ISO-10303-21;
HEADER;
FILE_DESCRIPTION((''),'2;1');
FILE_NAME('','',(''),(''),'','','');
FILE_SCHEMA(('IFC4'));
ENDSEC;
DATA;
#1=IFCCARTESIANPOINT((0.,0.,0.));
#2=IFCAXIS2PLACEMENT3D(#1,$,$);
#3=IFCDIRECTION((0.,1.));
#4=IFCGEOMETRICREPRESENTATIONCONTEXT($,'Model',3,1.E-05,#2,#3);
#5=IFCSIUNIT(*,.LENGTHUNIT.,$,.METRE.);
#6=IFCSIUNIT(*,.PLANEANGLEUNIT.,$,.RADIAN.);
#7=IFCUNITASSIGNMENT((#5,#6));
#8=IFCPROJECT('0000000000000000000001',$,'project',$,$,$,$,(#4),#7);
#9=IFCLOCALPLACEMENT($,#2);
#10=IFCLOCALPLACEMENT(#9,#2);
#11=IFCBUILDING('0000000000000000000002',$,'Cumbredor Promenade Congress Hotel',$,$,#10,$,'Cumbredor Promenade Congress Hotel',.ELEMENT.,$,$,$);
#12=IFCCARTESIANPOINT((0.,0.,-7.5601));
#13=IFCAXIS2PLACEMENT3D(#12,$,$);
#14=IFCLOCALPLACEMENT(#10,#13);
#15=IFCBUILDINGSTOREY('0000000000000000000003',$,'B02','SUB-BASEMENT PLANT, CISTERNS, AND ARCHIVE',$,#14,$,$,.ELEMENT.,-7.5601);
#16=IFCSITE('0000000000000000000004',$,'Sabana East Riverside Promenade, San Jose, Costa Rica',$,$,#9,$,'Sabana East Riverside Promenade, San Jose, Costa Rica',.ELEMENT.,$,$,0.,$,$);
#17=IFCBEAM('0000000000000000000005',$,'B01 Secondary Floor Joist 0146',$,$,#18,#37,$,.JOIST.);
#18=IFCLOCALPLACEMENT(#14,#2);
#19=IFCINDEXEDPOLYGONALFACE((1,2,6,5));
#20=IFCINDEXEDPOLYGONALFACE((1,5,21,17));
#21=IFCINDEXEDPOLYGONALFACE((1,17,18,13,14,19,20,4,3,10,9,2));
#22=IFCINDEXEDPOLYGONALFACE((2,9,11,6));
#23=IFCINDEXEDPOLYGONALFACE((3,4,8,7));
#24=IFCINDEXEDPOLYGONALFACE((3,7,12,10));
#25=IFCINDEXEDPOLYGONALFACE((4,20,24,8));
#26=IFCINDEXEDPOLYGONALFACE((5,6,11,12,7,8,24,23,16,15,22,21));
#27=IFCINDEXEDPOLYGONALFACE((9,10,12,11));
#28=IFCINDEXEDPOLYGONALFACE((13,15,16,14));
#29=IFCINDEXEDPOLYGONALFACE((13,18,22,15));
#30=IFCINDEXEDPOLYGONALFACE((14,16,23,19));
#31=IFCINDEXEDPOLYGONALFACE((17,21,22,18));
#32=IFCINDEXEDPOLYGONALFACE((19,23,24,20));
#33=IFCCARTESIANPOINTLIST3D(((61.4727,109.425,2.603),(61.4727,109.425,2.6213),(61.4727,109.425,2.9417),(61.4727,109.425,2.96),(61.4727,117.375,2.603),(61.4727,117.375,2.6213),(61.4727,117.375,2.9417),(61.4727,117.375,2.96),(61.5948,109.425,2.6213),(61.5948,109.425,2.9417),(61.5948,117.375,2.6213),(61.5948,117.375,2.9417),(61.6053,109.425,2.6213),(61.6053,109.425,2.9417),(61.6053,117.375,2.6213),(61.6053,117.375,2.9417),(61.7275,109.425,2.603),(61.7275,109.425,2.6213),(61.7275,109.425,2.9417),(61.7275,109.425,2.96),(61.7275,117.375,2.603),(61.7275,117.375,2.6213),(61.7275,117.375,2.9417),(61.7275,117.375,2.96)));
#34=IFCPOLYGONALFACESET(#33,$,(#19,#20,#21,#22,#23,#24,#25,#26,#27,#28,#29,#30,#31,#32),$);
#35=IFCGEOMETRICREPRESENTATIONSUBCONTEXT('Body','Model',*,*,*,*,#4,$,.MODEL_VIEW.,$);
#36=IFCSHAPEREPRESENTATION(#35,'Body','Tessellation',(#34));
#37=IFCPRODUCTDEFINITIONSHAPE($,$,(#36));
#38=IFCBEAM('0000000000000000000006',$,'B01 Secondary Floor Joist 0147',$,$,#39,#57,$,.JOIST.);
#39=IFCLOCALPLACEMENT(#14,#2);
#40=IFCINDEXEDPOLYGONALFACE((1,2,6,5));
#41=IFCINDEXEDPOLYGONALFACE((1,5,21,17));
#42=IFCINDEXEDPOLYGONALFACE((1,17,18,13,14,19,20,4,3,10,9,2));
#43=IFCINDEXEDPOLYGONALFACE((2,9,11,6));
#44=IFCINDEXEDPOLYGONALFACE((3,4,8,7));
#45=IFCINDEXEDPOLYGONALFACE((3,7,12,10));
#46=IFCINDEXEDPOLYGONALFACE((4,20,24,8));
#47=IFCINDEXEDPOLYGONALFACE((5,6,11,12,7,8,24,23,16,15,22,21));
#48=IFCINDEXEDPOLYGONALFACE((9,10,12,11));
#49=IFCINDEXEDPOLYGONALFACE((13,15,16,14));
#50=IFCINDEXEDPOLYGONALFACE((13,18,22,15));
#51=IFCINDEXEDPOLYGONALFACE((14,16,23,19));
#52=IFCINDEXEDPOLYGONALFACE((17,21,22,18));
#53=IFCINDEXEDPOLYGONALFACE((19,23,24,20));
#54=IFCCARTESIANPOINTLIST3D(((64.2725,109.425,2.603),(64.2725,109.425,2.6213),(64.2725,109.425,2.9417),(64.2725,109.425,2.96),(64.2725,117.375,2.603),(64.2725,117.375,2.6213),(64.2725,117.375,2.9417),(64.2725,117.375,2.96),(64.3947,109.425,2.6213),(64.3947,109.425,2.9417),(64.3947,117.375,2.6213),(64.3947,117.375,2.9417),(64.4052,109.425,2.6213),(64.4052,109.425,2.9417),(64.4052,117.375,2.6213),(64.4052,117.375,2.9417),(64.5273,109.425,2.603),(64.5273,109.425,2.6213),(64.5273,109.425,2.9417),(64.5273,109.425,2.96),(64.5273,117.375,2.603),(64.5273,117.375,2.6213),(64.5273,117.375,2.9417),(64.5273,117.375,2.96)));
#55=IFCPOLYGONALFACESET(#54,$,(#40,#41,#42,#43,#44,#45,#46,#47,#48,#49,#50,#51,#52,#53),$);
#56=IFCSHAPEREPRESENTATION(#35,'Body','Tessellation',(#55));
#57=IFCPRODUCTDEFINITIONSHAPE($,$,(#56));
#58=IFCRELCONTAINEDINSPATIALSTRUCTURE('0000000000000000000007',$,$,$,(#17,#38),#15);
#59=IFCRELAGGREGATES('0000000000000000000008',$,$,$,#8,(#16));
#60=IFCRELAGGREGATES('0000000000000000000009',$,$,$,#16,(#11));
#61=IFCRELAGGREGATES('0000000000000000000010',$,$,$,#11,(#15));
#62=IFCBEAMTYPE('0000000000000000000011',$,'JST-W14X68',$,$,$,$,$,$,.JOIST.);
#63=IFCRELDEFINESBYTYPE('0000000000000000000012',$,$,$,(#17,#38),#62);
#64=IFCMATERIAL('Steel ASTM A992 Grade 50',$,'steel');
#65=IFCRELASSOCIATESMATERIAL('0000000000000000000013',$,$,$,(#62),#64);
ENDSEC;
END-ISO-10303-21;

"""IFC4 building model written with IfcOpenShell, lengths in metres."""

from ifc_helpers import new_model, si_unit, direction, frame, origin, origin_2d, place, context, subcontext, project, spatial, i_section, extrude, material, material_profile, profile_set, type_object, element, save


model = new_model("IFC4")

# Units and contexts
model_context = context("Model", 3, precision=1e-05, world=origin(), true_north=direction((0.0, 1.0)))
body_context = subcontext(model_context, "Body", "Model", "MODEL_VIEW")
ifc_project = project(units=[si_unit("LENGTHUNIT", "METRE"), si_unit("PLANEANGLEUNIT", "RADIAN")], contexts=[model_context])

# Site, building, storey
site_placement = place(None, origin())
site = spatial("IfcSite", under=ifc_project, at=site_placement, Name="Sabana East Riverside Promenade, San Jose, Costa Rica", LongName="Sabana East Riverside Promenade, San Jose, Costa Rica", CompositionType="ELEMENT", RefElevation=0.0)
building_placement = place(site_placement, origin())
building = spatial("IfcBuilding", under=site, at=building_placement, Name="Cumbredor Promenade Congress Hotel", LongName="Cumbredor Promenade Congress Hotel", CompositionType="ELEMENT")
storey_placement = place(building_placement, frame((0.0, 0.0, -7.5601)))
storey = spatial("IfcBuildingStorey", under=building, at=storey_placement, Name="B02", Description="SUB-BASEMENT PLANT, CISTERNS, AND ARCHIVE", CompositionType="ELEMENT", Elevation=-7.5601)

# Beams
ifc_material_1 = material(Name="Steel ASTM A992 Grade 50", Category="steel")
ifc_material_profile_1 = material_profile(ifc_material_1, i_section(OverallWidth=0.2549, OverallDepth=0.3569, WebThickness=0.0105, FlangeThickness=0.0183, at=origin_2d()), Name="W14X68")
ifc_profile_set_1 = profile_set([ifc_material_profile_1], Name="Steel ASTM A992 Grade 50")
beam_type_1 = type_object("IfcBeamType", Name="JST-W14X68", PredefinedType="JOIST", material=ifc_profile_set_1)
for number, where, z_axis, x_axis, name in (
    (1, (61.6001, 109.425, 2.7815), (0.0, 1.0, 0.0), (-1.0, 0.0, 0.0), "B01 Secondary Floor Joist 0146"),
    (2, (64.3999, 109.425, 2.7815), (0.0, 1.0, 0.0), (-1.0, 0.0, 0.0), "B01 Secondary Floor Joist 0147"),
):
    element("IfcBeam", number, at=place(storey_placement, frame(where, z_axis=z_axis, x_axis=x_axis)), inside=storey, type_object=beam_type_1, Name=name, PredefinedType="JOIST", context=body_context, shape_type="SweptSolid", body=[
        extrude(i_section(OverallWidth=0.2549, OverallDepth=0.3569, WebThickness=0.0105, FlangeThickness=0.0183, at=origin_2d()), origin(), (0.0, 0.0, 1.0), 7.95),
    ])

save(model, "model.ifc")
